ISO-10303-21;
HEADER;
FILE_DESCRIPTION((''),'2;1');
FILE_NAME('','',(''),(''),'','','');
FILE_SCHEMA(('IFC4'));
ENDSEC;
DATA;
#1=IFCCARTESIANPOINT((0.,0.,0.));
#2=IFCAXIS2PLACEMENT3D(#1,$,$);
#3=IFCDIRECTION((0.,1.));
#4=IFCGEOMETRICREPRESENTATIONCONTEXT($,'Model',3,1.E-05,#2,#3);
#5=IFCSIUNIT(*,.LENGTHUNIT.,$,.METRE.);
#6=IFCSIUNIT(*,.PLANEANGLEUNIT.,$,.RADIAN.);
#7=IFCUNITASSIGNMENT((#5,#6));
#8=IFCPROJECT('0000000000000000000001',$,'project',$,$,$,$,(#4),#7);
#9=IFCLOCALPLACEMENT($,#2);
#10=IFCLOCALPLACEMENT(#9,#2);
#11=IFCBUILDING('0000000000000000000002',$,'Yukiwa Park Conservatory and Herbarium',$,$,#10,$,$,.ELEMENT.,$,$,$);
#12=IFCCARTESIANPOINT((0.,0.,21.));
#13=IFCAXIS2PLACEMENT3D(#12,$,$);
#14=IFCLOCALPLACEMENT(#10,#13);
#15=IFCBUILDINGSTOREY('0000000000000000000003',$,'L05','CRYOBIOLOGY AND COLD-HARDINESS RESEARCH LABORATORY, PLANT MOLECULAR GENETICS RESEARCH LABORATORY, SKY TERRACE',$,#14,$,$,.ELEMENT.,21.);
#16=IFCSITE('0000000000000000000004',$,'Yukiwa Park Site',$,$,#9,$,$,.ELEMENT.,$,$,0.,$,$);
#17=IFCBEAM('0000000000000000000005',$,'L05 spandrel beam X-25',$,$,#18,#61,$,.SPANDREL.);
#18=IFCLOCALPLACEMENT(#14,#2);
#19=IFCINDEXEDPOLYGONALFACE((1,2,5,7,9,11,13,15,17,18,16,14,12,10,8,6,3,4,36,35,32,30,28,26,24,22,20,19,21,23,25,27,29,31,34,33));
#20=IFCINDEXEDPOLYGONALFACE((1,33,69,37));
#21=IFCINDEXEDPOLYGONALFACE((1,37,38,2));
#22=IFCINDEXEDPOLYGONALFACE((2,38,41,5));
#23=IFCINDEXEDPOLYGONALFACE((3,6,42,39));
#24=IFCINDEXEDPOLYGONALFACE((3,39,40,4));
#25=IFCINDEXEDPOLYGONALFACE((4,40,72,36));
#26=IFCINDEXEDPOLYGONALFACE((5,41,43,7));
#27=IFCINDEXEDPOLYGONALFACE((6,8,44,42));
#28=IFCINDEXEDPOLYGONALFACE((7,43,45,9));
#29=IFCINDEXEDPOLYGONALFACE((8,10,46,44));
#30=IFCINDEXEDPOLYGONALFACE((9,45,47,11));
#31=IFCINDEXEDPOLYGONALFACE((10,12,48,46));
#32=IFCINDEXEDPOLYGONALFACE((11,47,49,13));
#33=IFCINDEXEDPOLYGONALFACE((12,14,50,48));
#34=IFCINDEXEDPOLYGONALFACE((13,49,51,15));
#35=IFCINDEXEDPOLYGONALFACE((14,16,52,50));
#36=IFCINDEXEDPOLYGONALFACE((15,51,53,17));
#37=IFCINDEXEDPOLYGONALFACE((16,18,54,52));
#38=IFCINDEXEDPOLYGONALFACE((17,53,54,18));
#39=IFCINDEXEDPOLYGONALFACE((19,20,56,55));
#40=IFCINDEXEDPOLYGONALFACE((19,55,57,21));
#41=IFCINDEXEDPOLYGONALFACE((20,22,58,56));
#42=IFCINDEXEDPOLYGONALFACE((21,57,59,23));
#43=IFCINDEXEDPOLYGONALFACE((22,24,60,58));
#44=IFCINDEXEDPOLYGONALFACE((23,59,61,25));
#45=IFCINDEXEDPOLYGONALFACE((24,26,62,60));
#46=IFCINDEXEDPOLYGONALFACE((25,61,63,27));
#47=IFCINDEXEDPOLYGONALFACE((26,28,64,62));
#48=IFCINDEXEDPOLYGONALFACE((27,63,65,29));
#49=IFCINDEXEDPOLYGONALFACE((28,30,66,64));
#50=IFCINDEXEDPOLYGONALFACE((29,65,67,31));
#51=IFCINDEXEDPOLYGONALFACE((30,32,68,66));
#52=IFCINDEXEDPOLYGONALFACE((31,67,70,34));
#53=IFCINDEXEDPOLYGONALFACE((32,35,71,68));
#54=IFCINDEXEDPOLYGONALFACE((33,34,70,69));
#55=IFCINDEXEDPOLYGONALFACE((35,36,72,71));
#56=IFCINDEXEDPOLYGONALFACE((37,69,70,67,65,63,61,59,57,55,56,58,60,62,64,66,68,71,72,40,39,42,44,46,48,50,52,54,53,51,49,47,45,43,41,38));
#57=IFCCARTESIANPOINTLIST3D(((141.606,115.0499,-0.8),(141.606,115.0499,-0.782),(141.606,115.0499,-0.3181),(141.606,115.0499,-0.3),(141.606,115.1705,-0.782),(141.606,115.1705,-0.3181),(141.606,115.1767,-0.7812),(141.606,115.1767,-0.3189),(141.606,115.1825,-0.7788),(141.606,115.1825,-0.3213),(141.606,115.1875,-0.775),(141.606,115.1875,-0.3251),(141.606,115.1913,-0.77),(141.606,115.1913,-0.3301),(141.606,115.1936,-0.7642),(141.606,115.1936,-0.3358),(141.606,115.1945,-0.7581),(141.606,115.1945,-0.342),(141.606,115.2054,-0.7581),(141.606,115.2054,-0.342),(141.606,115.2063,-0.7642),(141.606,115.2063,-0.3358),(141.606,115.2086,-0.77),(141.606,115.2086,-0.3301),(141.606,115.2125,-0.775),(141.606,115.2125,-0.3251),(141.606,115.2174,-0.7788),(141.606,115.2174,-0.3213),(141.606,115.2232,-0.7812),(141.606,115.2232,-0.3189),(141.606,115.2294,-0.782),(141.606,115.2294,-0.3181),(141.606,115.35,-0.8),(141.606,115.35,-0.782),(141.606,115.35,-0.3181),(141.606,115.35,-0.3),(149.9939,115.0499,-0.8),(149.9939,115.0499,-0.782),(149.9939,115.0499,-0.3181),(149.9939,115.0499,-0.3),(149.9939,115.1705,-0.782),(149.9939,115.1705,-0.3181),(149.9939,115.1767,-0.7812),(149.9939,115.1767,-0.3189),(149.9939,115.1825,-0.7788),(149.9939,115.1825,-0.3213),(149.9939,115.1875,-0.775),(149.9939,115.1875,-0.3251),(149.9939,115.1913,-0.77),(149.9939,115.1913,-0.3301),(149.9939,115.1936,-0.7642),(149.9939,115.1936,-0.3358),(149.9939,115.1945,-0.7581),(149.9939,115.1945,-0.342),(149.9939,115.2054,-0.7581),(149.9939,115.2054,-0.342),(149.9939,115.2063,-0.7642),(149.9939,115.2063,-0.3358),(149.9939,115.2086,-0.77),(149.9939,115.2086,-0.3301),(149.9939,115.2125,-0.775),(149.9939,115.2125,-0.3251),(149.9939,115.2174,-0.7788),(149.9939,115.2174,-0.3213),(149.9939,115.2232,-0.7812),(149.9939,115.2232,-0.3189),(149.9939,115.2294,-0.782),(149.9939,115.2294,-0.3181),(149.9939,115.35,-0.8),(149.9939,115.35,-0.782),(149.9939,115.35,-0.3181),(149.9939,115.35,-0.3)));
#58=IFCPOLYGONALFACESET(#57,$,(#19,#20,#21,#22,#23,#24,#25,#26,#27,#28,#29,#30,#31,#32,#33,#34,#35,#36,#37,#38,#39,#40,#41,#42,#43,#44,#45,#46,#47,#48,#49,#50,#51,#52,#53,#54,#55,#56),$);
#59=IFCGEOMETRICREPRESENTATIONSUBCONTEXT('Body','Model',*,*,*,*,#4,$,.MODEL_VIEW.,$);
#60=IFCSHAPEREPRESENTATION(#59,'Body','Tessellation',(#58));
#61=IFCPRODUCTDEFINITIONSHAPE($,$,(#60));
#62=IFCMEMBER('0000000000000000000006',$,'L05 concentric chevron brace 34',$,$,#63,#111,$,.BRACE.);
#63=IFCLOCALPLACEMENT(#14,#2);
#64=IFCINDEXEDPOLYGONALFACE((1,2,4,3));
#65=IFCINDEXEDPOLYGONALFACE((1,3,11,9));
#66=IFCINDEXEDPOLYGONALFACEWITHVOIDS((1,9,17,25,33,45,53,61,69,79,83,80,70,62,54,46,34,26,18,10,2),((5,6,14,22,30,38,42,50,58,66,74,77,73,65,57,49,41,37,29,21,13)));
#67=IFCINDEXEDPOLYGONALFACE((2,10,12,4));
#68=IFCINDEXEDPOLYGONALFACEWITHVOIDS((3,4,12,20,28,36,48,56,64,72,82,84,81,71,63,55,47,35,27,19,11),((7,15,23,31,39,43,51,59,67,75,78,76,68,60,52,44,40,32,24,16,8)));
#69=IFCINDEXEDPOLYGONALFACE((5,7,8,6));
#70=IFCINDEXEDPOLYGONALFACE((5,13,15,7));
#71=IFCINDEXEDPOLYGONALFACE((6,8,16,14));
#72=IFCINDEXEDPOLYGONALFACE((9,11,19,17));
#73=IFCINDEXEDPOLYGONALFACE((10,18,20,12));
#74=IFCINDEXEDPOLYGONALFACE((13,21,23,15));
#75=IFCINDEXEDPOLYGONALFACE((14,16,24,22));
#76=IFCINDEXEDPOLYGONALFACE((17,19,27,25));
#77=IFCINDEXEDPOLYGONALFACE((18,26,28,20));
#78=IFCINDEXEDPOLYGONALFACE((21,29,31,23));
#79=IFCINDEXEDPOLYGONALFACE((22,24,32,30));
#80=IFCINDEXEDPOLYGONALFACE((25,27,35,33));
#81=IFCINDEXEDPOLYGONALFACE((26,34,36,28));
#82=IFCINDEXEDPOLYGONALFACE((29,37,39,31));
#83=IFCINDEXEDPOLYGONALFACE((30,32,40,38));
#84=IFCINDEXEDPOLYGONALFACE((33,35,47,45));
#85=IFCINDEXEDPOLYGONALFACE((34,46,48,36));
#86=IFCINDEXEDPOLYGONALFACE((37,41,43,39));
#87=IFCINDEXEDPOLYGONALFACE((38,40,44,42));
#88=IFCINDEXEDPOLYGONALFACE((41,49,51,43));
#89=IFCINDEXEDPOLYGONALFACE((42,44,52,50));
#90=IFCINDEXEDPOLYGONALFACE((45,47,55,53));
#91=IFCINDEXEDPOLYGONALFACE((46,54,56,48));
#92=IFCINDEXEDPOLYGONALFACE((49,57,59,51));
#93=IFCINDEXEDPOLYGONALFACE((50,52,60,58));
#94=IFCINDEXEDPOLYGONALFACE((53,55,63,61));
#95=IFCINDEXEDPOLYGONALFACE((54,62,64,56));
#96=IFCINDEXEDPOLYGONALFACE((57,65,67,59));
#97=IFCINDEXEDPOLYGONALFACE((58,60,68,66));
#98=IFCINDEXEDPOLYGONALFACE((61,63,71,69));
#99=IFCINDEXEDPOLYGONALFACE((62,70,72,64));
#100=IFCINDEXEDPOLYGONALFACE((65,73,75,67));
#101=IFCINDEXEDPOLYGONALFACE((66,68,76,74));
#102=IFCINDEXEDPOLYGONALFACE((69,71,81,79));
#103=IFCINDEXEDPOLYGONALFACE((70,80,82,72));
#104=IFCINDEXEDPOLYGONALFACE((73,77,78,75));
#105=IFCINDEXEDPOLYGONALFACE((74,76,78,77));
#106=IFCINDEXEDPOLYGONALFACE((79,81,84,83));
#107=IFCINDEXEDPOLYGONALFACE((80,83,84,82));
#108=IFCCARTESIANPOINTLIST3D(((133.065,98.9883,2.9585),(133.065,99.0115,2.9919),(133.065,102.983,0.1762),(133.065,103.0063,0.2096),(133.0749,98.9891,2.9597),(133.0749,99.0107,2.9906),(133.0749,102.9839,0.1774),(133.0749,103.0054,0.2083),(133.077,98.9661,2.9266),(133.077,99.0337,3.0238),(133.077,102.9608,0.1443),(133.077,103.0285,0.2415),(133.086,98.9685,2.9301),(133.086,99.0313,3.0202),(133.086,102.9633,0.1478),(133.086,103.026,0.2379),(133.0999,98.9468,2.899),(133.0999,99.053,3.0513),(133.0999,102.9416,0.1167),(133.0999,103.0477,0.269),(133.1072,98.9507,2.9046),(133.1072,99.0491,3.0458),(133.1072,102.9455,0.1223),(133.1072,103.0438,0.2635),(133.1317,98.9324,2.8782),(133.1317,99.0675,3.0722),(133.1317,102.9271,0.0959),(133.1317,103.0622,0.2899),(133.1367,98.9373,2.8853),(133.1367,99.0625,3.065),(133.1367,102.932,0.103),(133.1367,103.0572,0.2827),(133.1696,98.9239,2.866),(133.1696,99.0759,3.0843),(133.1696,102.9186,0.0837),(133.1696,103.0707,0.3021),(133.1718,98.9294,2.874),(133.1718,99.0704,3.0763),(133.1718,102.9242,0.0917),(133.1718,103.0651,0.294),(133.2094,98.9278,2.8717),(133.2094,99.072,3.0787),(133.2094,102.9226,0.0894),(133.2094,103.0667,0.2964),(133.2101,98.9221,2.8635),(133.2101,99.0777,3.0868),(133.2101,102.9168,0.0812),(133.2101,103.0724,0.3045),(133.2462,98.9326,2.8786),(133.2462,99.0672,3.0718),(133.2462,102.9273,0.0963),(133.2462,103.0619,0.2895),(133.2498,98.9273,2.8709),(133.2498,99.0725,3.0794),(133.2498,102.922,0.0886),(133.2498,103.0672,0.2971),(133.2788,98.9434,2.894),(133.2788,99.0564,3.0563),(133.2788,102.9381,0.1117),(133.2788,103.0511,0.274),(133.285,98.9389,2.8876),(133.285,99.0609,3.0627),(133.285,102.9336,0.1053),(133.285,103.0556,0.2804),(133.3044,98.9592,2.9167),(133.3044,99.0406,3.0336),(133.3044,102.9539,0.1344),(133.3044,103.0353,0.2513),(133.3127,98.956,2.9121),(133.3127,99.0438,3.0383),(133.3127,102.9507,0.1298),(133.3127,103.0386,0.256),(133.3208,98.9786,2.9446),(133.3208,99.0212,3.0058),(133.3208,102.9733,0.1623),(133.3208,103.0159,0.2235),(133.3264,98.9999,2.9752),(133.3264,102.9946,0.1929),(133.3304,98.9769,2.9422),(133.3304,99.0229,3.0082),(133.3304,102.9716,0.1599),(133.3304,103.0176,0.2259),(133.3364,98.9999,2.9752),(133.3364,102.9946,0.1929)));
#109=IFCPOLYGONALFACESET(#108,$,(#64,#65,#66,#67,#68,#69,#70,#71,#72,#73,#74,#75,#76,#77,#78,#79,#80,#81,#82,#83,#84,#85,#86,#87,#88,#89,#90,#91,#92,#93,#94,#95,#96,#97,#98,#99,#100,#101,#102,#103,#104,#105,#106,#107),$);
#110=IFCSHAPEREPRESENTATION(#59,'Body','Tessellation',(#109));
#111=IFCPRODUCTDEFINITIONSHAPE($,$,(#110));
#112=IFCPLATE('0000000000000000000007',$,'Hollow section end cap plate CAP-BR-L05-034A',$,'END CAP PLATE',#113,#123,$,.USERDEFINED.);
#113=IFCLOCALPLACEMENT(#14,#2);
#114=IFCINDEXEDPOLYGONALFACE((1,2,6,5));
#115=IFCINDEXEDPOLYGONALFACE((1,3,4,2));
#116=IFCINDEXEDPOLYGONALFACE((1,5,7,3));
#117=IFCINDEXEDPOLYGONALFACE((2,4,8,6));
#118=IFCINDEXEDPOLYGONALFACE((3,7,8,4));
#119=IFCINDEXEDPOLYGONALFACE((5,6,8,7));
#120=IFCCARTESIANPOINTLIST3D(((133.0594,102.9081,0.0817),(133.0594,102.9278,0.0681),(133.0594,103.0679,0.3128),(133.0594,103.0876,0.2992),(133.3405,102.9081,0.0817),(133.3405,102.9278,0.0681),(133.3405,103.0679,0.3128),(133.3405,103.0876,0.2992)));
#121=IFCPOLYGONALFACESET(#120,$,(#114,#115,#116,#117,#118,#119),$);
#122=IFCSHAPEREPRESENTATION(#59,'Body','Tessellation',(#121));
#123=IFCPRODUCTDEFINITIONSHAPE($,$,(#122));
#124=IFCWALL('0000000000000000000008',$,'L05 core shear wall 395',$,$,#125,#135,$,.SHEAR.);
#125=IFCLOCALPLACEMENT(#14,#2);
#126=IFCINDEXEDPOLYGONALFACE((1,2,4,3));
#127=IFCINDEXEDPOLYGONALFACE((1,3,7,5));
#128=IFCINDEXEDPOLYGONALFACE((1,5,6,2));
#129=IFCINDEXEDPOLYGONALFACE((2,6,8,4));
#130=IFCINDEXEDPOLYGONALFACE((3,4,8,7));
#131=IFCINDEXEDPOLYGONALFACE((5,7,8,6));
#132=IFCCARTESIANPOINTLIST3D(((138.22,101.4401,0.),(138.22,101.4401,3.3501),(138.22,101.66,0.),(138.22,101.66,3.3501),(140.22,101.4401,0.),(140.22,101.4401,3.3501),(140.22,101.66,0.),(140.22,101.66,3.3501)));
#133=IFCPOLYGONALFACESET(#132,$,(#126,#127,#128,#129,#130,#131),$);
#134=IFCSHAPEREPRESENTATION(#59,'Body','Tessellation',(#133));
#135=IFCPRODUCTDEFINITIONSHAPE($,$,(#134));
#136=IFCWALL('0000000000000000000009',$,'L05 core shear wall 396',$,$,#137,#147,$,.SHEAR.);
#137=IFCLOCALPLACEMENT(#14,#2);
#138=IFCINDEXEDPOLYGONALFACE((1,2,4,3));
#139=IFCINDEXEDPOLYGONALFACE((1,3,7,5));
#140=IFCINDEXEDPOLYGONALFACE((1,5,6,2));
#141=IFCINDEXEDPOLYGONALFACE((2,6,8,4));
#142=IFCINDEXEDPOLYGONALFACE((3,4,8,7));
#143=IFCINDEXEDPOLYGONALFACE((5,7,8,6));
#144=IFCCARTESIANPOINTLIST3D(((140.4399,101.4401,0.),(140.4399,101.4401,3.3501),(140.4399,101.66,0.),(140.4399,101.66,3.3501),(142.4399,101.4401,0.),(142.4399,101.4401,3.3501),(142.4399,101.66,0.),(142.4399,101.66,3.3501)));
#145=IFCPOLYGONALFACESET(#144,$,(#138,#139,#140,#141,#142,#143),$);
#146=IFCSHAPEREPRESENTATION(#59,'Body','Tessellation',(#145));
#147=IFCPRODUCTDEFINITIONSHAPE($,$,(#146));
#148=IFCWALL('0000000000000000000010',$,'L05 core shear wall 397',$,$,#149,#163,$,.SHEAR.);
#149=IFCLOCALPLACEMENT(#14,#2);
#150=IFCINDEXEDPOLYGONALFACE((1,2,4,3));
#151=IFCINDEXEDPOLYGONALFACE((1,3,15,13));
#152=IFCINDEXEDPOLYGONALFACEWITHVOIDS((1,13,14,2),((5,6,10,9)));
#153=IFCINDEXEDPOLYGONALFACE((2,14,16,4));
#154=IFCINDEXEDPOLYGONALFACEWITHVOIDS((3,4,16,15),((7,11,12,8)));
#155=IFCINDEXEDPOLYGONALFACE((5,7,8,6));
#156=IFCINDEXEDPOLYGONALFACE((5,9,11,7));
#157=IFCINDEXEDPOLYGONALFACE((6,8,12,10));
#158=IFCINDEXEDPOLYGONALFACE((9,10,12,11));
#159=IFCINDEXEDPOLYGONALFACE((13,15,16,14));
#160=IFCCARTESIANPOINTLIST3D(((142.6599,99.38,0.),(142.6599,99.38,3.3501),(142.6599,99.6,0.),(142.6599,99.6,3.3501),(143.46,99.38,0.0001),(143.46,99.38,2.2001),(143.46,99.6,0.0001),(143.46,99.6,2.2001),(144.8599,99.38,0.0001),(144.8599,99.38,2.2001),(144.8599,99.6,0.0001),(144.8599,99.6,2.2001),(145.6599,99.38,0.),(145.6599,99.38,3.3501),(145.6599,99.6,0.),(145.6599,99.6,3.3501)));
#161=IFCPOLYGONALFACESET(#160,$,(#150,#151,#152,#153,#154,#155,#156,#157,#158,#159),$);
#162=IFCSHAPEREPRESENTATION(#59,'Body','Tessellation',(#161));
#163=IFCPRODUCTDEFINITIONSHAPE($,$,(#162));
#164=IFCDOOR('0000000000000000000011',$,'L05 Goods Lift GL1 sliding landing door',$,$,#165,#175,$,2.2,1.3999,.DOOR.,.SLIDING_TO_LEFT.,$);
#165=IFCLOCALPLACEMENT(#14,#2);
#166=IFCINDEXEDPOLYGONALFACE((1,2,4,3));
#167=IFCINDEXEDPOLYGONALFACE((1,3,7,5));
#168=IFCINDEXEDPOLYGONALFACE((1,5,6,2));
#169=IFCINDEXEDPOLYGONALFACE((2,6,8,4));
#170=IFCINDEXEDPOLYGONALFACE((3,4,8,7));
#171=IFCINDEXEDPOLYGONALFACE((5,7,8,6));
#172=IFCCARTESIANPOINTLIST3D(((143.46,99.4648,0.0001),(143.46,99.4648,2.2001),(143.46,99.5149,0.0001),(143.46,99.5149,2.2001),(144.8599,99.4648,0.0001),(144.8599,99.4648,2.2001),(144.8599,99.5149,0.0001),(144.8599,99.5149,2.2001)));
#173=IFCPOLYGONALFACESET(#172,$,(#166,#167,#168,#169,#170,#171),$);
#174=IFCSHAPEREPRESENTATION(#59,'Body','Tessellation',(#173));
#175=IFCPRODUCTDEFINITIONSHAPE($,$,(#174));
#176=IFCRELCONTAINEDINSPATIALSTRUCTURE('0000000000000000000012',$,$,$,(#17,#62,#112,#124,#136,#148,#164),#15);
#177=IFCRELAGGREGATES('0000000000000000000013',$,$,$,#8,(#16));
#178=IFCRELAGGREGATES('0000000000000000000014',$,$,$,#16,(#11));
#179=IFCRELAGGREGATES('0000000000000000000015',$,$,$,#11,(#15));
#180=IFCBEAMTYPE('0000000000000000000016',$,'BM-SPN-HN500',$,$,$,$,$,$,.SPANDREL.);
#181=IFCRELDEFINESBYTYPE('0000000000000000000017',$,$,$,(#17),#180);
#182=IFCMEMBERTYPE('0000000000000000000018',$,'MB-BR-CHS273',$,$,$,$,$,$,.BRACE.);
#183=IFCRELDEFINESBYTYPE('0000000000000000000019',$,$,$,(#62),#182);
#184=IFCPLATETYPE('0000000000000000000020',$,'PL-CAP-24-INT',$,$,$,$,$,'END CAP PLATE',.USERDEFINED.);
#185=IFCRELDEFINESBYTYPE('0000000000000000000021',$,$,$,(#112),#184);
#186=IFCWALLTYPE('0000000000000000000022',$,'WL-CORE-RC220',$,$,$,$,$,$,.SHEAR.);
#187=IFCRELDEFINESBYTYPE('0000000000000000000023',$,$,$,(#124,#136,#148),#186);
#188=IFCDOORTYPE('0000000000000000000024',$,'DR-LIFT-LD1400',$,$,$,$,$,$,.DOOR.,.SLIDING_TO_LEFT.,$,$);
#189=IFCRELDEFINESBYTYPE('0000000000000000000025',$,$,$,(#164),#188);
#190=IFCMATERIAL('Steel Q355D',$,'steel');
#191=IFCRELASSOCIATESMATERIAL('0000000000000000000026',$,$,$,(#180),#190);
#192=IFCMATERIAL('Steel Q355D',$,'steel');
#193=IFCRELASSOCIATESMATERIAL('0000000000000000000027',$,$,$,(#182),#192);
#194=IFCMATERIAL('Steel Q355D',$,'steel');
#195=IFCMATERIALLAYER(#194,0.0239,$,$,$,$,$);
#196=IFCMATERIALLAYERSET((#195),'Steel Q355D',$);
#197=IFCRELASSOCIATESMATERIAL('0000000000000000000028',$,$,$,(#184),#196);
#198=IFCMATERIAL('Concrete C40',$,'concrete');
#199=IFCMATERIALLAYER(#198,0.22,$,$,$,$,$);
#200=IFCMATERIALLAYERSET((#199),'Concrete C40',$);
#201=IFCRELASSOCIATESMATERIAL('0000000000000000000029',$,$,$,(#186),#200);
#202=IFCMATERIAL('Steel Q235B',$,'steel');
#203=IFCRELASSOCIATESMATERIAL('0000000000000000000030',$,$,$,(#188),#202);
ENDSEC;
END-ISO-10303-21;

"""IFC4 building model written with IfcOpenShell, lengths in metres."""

from ifc_helpers import new_model, si_unit, direction, frame, frame_2d, origin, origin_2d, place, context, subcontext, project, spatial, rectangle, hollow_circle, i_section, extrude, material, layer, layer_set, material_profile, profile_set, type_object, element, fill, save


model = new_model("IFC4")

# Units and contexts
model_context = context("Model", 3, precision=1e-05, world=origin(), true_north=direction((0.0, 1.0)))
body_context = subcontext(model_context, "Body", "Model", "MODEL_VIEW")
ifc_project = project(units=[si_unit("LENGTHUNIT", "METRE"), si_unit("PLANEANGLEUNIT", "RADIAN")], contexts=[model_context])

# Site, building, storey
site_placement = place(None, origin())
site = spatial("IfcSite", under=ifc_project, at=site_placement, Name="Yukiwa Park Site", CompositionType="ELEMENT", RefElevation=0.0)
building_placement = place(site_placement, origin())
building = spatial("IfcBuilding", under=site, at=building_placement, Name="Yukiwa Park Conservatory and Herbarium", CompositionType="ELEMENT")
storey_placement = place(building_placement, frame((0.0, 0.0, 21.0)))
storey = spatial("IfcBuildingStorey", under=building, at=storey_placement, Name="L05", Description="CRYOBIOLOGY AND COLD-HARDINESS RESEARCH LABORATORY, PLANT MOLECULAR GENETICS RESEARCH LABORATORY, SKY TERRACE", CompositionType="ELEMENT", Elevation=21.0)

# Beam
ifc_material_1 = material(Name="Steel Q355D", Category="steel")
ifc_material_profile_1 = material_profile(ifc_material_1, i_section(OverallWidth=0.3, OverallDepth=0.5, WebThickness=0.011, FlangeThickness=0.0181, FilletRadius=0.0239, at=origin_2d()), Name="HM 500x300x11x18")
ifc_profile_set_1 = profile_set([ifc_material_profile_1], Name="Steel Q355D")
beam_type_1 = type_object("IfcBeamType", Name="BM-SPN-HN500", PredefinedType="SPANDREL", material=ifc_profile_set_1)
for number, where, z_axis, x_axis, name in (
    (1, (141.606, 115.2, -0.55), (1.0, 0.0, 0.0), (0.0, 1.0, 0.0), "L05 spandrel beam X-25"),
):
    element("IfcBeam", number, at=place(storey_placement, frame(where, z_axis=z_axis, x_axis=x_axis)), inside=storey, type_object=beam_type_1, Name=name, PredefinedType="SPANDREL", context=body_context, shape_type="SweptSolid", body=[
        extrude(i_section(OverallWidth=0.3, OverallDepth=0.5, WebThickness=0.011, FlangeThickness=0.0181, FilletRadius=0.0239, at=origin_2d()), origin(), (0.0, 0.0, 1.0), 8.3879),
    ])

# Member
ifc_material_2 = material(Name="Steel Q355D", Category="steel")
ifc_material_profile_2 = material_profile(ifc_material_2, hollow_circle(Radius=0.1365, WallThickness=0.01, at=origin_2d()), Name="CHS 273x10")
ifc_profile_set_2 = profile_set([ifc_material_profile_2], Name="Steel Q355D")
member_type = type_object("IfcMemberType", Name="MB-BR-CHS273", PredefinedType="BRACE", material=ifc_profile_set_2)
member_placement = place(storey_placement, frame((133.2, 102.9946, 0.1929), z_axis=(0.0, -0.820582, 0.571529), x_axis=(1.0, 0.0, 0.0)))
element("IfcMember", 2, at=member_placement, inside=storey, type_object=member_type, Name="L05 concentric chevron brace 34", PredefinedType="BRACE", context=body_context, shape_type="SweptSolid", body=[
    extrude(hollow_circle(Radius=0.1365, WallThickness=0.01, at=origin_2d()), origin(), (0.0, 0.0, 1.0), 4.8682),
])

# Plate
ifc_material_3 = material(Name="Steel Q355D", Category="steel")
ifc_layer_1 = layer(ifc_material_3, 0.0239)
ifc_layer_set_1 = layer_set([ifc_layer_1], Name="Steel Q355D")
plate_type = type_object("IfcPlateType", Name="PL-CAP-24-INT", ElementType="END CAP PLATE", PredefinedType="USERDEFINED", material=ifc_layer_set_1)
plate_placement = place(storey_placement, frame((133.2, 102.988, 0.1973), z_axis=(0.0, 0.822558, -0.568682), x_axis=(-1.0, 0.0, 0.0)))
element("IfcPlate", 3, at=plate_placement, inside=storey, type_object=plate_type, Name="Hollow section end cap plate CAP-BR-L05-034A", ObjectType="END CAP PLATE", PredefinedType="USERDEFINED", context=body_context, shape_type="SweptSolid", body=[
    extrude(rectangle(XDim=0.281, YDim=0.281, at=origin_2d()), origin(), (0.0, 0.0, 1.0), 0.0239),
])

# Walls
ifc_material_4 = material(Name="Concrete C40", Category="concrete")
ifc_layer_2 = layer(ifc_material_4, 0.22)
ifc_layer_set_2 = layer_set([ifc_layer_2], Name="Concrete C40")
wall_type_1 = type_object("IfcWallType", Name="WL-CORE-RC220", PredefinedType="SHEAR", material=ifc_layer_set_2)
for number, where, z_axis, x_axis, name in (
    (4, (138.22, 101.55, 0.0), (0.0, 0.0, 1.0), (1.0, 0.0, 0.0), "L05 core shear wall 395"),
    (5, (140.4399, 101.55, 0.0), (0.0, 0.0, 1.0), (1.0, 0.0, 0.0), "L05 core shear wall 396"),
):
    element("IfcWall", number, at=place(storey_placement, frame(where, z_axis=z_axis, x_axis=x_axis)), inside=storey, type_object=wall_type_1, Name=name, PredefinedType="SHEAR", context=body_context, shape_type="SweptSolid", body=[
        extrude(rectangle(XDim=2.0, YDim=0.22, at=frame_2d((1.0, 0.0))), origin(), (0.0, 0.0, 1.0), 3.3501),
    ])

# Wall, opening, door
wall_1_placement = place(storey_placement, frame((142.6599, 99.49, 0.0), z_axis=(0.0, 0.0, 1.0), x_axis=(1.0, 0.0, 0.0)))
wall_1 = element("IfcWall", 6, at=wall_1_placement, inside=storey, type_object=wall_type_1, Name="L05 core shear wall 397", PredefinedType="SHEAR", context=body_context, shape_type="SweptSolid", body=[
    extrude(rectangle(XDim=3.0, YDim=0.22, at=frame_2d((1.5, 0.0))), origin(), (0.0, 0.0, 1.0), 3.3501),
])
opening_1_placement = place(wall_1_placement, frame((0.8, 0.0, 0.0)))
opening_1 = element("IfcOpeningElement", 7, at=opening_1_placement, cuts=wall_1, PredefinedType="OPENING", context=body_context, shape_type="SweptSolid", body=[
    extrude(rectangle(XDim=1.3999, YDim=2.2, at=frame_2d((0.7, 1.1001))), frame((0.0, 0.1201, 0.0), z_axis=(0.0, -1.0, 0.0), x_axis=(1.0, 0.0, 0.0)), (0.0, 0.0, 1.0), 0.24),
])
ifc_material_5 = material(Name="Steel Q235B", Category="steel")
door_type_1 = type_object("IfcDoorType", Name="DR-LIFT-LD1400", OperationType="SLIDING_TO_LEFT", PredefinedType="DOOR", material=ifc_material_5)
door_1_placement = place(opening_1_placement, origin())
door_1 = element("IfcDoor", 8, at=door_1_placement, inside=storey, type_object=door_type_1, Name="L05 Goods Lift GL1 sliding landing door", OperationType="SLIDING_TO_LEFT", OverallHeight=2.2, OverallWidth=1.3999, PredefinedType="DOOR", context=body_context, shape_type="SweptSolid", body=[
    extrude(rectangle(XDim=1.3999, YDim=2.2, at=frame_2d((0.7, 1.1001))), frame((0.0, 0.0249, 0.0), z_axis=(0.0, -1.0, 0.0), x_axis=(1.0, 0.0, 0.0)), (0.0, 0.0, 1.0), 0.05),
])
fill(opening_1, door_1)

save(model, "model.ifc")
